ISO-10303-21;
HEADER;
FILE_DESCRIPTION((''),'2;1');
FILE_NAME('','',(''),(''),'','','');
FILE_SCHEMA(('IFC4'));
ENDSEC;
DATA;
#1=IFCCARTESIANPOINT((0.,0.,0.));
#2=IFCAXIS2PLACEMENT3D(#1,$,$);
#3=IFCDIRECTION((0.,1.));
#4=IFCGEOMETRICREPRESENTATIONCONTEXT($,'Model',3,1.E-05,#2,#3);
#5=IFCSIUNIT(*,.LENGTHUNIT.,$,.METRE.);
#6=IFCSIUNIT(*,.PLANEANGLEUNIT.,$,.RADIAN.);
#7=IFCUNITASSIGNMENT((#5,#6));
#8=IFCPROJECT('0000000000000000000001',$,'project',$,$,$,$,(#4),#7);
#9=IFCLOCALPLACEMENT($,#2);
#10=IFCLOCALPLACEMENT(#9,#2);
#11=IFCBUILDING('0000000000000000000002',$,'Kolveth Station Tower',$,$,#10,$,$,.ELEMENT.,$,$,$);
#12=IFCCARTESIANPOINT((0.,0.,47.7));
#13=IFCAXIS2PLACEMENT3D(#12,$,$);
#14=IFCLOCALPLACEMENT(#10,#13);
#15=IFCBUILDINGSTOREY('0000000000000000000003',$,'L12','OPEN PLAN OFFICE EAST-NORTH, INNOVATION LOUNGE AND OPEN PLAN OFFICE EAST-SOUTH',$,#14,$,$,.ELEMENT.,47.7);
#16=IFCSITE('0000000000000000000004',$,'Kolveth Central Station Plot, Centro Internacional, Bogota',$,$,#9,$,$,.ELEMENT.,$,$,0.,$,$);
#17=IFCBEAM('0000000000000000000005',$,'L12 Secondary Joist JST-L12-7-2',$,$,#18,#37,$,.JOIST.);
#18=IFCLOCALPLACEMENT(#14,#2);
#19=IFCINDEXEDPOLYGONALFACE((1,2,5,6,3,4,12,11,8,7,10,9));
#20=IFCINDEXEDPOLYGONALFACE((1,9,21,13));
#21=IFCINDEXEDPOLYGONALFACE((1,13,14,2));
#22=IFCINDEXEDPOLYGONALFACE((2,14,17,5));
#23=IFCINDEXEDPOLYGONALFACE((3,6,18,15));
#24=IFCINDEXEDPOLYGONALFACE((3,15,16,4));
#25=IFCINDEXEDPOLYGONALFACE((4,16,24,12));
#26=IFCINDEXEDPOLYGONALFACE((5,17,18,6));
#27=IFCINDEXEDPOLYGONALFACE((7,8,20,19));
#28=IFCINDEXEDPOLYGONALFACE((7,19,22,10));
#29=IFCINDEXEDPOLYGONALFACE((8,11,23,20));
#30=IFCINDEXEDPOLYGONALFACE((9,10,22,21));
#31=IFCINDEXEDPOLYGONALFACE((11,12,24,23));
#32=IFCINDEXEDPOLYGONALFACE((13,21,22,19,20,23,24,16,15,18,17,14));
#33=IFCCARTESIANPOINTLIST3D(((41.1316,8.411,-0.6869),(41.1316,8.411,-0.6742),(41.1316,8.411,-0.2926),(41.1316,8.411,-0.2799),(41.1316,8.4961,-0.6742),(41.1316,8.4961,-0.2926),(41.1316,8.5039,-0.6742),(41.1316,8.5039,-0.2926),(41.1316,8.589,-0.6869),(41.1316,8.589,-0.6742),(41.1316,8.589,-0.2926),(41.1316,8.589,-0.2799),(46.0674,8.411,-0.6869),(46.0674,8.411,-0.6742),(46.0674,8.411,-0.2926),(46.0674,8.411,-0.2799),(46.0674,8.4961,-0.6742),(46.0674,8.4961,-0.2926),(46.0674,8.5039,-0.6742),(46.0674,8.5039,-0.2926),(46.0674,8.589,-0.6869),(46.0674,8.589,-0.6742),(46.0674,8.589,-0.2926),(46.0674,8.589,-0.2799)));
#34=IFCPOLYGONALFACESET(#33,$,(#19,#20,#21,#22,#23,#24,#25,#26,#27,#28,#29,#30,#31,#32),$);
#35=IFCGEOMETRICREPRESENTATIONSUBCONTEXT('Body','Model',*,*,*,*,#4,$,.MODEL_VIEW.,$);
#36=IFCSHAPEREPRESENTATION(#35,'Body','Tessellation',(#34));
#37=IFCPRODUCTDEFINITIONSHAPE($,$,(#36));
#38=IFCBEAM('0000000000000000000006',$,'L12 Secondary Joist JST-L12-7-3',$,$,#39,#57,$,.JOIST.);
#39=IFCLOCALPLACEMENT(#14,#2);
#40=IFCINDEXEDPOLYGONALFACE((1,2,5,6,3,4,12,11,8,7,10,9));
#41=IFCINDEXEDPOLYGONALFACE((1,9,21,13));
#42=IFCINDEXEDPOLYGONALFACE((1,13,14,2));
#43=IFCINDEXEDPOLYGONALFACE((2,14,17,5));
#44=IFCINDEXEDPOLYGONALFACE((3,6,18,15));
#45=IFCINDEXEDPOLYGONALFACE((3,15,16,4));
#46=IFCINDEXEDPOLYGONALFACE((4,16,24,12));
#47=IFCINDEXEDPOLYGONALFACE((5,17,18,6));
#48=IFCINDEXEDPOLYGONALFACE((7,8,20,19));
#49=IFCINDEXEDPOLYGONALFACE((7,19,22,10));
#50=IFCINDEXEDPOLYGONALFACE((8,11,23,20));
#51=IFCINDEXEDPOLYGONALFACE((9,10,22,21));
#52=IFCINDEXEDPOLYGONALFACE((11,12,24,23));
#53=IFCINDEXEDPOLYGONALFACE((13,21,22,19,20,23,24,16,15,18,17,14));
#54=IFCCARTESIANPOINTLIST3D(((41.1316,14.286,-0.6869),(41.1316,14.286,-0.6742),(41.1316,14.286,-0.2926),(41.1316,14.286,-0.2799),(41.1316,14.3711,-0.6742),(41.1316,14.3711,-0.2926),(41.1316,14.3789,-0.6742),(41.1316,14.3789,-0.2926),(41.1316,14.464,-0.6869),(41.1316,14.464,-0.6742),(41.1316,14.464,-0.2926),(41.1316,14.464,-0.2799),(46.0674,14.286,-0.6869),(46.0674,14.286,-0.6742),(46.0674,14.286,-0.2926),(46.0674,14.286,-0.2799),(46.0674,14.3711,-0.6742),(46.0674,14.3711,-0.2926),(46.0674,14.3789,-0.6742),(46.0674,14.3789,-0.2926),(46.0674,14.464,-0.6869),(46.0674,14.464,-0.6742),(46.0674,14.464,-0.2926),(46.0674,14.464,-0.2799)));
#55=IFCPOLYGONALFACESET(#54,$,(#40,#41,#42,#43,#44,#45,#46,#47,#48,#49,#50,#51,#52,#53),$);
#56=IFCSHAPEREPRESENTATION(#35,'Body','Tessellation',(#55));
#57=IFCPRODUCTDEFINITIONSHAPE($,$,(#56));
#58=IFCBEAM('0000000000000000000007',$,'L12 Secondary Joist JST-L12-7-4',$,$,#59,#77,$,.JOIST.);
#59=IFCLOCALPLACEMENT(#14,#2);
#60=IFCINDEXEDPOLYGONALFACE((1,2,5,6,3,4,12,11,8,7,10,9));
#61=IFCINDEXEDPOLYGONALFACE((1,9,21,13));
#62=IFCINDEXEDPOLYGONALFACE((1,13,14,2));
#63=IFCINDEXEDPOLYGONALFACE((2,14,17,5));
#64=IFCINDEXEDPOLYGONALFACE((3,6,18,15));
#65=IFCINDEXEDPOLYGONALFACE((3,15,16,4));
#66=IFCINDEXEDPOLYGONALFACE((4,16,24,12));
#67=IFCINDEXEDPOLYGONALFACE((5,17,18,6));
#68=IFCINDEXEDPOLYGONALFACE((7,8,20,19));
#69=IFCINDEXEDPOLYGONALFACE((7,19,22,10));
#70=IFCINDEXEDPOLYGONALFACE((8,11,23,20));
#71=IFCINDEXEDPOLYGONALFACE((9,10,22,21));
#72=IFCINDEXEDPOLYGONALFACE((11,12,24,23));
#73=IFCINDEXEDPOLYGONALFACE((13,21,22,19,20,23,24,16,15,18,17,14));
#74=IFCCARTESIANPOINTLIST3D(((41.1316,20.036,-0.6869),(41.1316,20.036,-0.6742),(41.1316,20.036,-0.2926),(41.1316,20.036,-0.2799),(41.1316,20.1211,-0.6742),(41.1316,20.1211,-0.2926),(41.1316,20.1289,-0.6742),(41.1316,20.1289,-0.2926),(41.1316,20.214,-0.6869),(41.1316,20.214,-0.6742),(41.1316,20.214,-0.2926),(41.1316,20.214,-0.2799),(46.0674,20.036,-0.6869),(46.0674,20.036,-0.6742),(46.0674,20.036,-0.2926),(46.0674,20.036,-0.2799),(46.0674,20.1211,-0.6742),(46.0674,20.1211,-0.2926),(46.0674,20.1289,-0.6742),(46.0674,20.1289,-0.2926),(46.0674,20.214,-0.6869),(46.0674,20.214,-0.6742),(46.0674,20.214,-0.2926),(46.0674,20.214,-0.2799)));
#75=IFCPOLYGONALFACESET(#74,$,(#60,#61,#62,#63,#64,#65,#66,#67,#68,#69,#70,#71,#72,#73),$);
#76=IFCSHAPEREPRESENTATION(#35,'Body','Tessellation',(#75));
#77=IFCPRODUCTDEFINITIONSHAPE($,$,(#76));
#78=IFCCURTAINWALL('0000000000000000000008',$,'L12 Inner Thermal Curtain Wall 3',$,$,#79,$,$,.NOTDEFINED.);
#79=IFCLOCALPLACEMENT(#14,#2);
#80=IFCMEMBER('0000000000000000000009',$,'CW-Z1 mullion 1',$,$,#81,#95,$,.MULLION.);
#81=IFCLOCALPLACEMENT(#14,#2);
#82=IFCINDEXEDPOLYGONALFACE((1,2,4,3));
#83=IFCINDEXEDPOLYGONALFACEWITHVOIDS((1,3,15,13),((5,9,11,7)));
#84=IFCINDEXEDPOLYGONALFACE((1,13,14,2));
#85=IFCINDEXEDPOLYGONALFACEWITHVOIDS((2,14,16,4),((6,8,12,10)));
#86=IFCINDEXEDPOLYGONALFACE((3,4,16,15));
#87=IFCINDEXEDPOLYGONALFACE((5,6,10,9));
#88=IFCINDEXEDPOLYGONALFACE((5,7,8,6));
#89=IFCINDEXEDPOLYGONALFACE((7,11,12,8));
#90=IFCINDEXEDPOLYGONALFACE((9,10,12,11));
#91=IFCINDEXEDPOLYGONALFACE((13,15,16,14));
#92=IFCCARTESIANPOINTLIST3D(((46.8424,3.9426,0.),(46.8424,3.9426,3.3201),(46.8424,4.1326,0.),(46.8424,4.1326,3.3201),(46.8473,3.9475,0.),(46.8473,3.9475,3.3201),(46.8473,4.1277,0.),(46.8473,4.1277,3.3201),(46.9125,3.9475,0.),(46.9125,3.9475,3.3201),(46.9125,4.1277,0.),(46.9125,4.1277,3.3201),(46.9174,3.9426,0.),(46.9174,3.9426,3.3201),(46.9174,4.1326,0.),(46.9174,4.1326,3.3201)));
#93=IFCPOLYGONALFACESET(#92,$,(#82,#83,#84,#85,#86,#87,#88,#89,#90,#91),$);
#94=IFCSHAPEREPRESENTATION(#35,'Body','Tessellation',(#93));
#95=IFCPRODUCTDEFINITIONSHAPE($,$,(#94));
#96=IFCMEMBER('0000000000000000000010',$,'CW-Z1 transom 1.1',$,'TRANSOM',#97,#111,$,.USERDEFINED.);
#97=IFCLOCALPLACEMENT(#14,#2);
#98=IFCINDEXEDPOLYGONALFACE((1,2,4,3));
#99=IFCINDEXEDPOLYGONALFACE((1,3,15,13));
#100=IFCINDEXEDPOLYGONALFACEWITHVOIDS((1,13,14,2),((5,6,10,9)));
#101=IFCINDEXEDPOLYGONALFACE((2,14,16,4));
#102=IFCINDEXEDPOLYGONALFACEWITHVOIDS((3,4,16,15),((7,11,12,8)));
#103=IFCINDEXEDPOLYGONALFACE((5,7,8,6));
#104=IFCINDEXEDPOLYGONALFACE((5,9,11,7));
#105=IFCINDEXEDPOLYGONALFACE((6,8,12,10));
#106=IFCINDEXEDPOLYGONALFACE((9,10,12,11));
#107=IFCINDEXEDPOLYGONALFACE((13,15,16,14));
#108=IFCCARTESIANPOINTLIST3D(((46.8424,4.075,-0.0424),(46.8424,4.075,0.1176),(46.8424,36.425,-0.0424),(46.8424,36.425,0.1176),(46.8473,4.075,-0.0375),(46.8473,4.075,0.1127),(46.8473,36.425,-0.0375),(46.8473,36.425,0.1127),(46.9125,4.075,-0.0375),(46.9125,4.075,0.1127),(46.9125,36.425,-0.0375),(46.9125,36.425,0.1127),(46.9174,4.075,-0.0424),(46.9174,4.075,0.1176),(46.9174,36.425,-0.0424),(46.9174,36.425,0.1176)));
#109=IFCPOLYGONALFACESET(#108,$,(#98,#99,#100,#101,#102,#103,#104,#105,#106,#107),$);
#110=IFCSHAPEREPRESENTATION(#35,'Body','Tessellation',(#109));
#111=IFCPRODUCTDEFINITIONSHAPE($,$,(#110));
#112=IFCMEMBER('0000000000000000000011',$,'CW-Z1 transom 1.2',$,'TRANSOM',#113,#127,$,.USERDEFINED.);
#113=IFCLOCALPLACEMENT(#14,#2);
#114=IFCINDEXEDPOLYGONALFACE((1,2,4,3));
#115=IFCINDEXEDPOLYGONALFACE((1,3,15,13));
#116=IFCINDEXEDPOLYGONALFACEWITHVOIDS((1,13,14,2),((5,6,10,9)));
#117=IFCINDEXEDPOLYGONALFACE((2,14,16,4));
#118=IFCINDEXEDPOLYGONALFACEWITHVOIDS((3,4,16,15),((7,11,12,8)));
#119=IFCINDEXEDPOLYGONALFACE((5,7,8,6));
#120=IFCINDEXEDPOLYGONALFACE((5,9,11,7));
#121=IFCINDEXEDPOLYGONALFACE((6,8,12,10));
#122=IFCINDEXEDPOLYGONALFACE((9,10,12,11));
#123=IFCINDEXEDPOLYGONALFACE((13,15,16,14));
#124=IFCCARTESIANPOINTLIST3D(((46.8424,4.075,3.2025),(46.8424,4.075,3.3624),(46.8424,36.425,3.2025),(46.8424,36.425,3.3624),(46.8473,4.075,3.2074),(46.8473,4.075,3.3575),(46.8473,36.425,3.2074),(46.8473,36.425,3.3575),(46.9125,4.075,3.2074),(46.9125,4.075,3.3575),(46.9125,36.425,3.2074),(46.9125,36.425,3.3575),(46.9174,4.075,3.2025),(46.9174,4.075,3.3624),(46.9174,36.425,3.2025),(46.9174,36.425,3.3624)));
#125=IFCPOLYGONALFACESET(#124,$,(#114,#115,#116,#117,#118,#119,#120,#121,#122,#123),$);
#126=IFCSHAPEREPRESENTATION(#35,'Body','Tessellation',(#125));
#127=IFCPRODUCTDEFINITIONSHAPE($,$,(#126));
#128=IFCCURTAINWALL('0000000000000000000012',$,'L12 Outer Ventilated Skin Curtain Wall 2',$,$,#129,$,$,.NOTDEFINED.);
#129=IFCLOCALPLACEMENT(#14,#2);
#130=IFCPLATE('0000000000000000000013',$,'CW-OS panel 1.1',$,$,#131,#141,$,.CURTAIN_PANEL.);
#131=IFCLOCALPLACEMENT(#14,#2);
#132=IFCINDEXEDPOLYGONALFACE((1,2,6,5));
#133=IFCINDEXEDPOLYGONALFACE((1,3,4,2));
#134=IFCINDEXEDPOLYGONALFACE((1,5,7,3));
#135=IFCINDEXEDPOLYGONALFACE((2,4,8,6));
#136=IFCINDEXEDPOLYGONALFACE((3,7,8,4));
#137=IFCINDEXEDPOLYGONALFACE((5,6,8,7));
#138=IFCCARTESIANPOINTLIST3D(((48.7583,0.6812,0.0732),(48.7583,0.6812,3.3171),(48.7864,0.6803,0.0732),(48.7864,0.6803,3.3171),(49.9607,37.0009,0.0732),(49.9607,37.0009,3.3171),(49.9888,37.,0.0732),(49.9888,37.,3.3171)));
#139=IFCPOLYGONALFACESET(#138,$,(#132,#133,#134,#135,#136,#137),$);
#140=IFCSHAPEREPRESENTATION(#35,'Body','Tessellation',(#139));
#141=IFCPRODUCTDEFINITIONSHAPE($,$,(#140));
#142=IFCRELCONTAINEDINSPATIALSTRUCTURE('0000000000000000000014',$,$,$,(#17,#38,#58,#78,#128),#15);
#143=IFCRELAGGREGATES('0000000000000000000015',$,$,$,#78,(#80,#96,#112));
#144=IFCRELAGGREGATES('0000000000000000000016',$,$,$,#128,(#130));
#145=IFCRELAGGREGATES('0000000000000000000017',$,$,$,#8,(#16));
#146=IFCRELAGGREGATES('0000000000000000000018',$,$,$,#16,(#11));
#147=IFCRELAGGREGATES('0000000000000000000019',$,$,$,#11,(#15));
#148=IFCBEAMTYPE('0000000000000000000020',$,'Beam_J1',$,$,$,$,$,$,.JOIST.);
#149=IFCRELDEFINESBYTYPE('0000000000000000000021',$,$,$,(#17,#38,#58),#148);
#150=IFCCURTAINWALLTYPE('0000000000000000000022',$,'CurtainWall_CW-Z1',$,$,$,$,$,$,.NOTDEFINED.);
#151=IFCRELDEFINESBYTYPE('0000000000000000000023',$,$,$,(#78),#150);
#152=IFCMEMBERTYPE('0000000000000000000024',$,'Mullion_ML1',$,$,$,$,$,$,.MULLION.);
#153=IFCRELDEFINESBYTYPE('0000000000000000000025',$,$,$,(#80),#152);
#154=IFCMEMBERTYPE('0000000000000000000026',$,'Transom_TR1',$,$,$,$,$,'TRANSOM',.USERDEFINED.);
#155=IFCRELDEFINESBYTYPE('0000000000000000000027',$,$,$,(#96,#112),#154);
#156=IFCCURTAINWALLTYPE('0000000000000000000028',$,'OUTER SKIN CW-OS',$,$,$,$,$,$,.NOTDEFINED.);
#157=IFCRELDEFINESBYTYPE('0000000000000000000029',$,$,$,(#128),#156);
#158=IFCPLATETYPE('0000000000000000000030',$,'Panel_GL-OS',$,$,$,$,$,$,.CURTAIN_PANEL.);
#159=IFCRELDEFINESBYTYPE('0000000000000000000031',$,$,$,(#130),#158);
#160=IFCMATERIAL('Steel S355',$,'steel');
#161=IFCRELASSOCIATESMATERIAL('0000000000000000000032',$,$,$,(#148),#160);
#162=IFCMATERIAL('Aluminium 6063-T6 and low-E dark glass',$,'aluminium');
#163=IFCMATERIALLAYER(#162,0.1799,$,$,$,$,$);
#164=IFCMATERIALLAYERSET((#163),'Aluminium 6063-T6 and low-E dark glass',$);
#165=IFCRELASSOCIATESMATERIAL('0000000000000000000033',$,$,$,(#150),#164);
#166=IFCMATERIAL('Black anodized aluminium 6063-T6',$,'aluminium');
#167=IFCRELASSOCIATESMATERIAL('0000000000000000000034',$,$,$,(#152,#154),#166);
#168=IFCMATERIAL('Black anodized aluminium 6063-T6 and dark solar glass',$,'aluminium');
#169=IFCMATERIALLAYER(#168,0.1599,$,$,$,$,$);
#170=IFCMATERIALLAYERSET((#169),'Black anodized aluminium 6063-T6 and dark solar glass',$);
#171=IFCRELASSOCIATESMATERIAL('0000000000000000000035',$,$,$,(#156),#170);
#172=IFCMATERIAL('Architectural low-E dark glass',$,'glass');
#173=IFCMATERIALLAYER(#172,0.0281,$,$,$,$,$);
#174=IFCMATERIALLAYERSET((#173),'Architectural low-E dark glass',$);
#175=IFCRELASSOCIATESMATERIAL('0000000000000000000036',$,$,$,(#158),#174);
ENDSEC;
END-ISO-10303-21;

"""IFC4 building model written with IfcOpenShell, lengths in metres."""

from ifc_helpers import new_model, si_unit, direction, frame, origin, origin_2d, place, context, subcontext, project, spatial, rectangle, hollow_rectangle, i_section, extrude, source, transform, mapped, material, layer, layer_set, material_profile, profile_set, type_object, element, aggregate, save


model = new_model("IFC4")

# Units and contexts
model_context = context("Model", 3, precision=1e-05, world=origin(), true_north=direction((0.0, 1.0)))
body_context = subcontext(model_context, "Body", "Model", "MODEL_VIEW")
ifc_project = project(units=[si_unit("LENGTHUNIT", "METRE"), si_unit("PLANEANGLEUNIT", "RADIAN")], contexts=[model_context])

# Site, building, storey
site_placement = place(None, origin())
site = spatial("IfcSite", under=ifc_project, at=site_placement, Name="Kolveth Central Station Plot, Centro Internacional, Bogota", CompositionType="ELEMENT", RefElevation=0.0)
building_placement = place(site_placement, origin())
building = spatial("IfcBuilding", under=site, at=building_placement, Name="Kolveth Station Tower", CompositionType="ELEMENT")
storey_placement = place(building_placement, frame((0.0, 0.0, 47.7)))
storey = spatial("IfcBuildingStorey", under=building, at=storey_placement, Name="L12", Description="OPEN PLAN OFFICE EAST-NORTH, INNOVATION LOUNGE AND OPEN PLAN OFFICE EAST-SOUTH", CompositionType="ELEMENT", Elevation=47.7)

# Shared definitions
ifc_material_1 = material(Name="Steel S355", Category="steel")

# Beams
ifc_material_profile_1 = material_profile(ifc_material_1, i_section(OverallWidth=0.178, OverallDepth=0.407, WebThickness=0.0078, FlangeThickness=0.0127, at=origin_2d()), Name="W410x60")
ifc_profile_set_1 = profile_set([ifc_material_profile_1], Name="Steel S355")
beam_type_1 = type_object("IfcBeamType", Name="Beam_J1", PredefinedType="JOIST", material=ifc_profile_set_1)
shared_shape_1 = source(origin(), body_context, "Body", "SweptSolid", [
    extrude(i_section(OverallWidth=0.178, OverallDepth=0.407, WebThickness=0.0078, FlangeThickness=0.0127, at=origin_2d()), origin(), (0.0, 0.0, 1.0), 4.9358),
])
for number, where, z_axis, x_axis, name in (
    (1, (41.1316, 8.5, -0.4834), (1.0, 0.0, 0.0), (0.0, 1.0, 0.0), "L12 Secondary Joist JST-L12-7-2"),
    (2, (41.1316, 14.375, -0.4834), (1.0, 0.0, 0.0), (0.0, 1.0, 0.0), "L12 Secondary Joist JST-L12-7-3"),
    (3, (41.1316, 20.125, -0.4834), (1.0, 0.0, 0.0), (0.0, 1.0, 0.0), "L12 Secondary Joist JST-L12-7-4"),
):
    element("IfcBeam", number, at=place(storey_placement, frame(where, z_axis=z_axis, x_axis=x_axis)), inside=storey, type_object=beam_type_1, Name=name, PredefinedType="JOIST", context=body_context, shape_type="MappedRepresentation", body=[
        mapped(shared_shape_1, transform((0.0, 0.0, 0.0), x_axis=(1.0, 0.0, 0.0), y_axis=(0.0, 1.0, 0.0), z_axis=(0.0, 0.0, 1.0), scale=1.0)),
    ])

# Curtain wall, members
ifc_material_2 = material(Name="Aluminium 6063-T6 and low-E dark glass", Category="aluminium")
ifc_layer_1 = layer(ifc_material_2, 0.1799)
ifc_layer_set_1 = layer_set([ifc_layer_1], Name="Aluminium 6063-T6 and low-E dark glass")
curtain_wall_type_1 = type_object("IfcCurtainWallType", Name="CurtainWall_CW-Z1", PredefinedType="NOTDEFINED", material=ifc_layer_set_1)
curtain_wall_1_placement = place(storey_placement, origin())
curtain_wall_1 = element("IfcCurtainWall", 4, at=curtain_wall_1_placement, inside=storey, type_object=curtain_wall_type_1, Name="L12 Inner Thermal Curtain Wall 3", PredefinedType="NOTDEFINED")
ifc_material_3 = material(Name="Black anodized aluminium 6063-T6", Category="aluminium")
ifc_material_profile_2 = material_profile(ifc_material_3, hollow_rectangle(XDim=0.075, YDim=0.1899, WallThickness=0.0049, at=origin_2d()), Name="ALU-75x190x5")
ifc_profile_set_2 = profile_set([ifc_material_profile_2], Name="Black anodized aluminium 6063-T6")
member_type_1 = type_object("IfcMemberType", Name="Mullion_ML1", PredefinedType="MULLION", material=ifc_profile_set_2)
shared_shape_2 = source(origin(), body_context, "Body", "SweptSolid", [
    extrude(hollow_rectangle(XDim=0.075, YDim=0.1899, WallThickness=0.0049, at=origin_2d()), origin(), (0.0, 0.0, 1.0), 3.3201),
])
member_1_placement = place(storey_placement, frame((46.8799, 4.0376, 0.0), z_axis=(0.0, 0.0, 1.0), x_axis=(-1.0, 0.0, 0.0)))
member_1 = element("IfcMember", 5, at=member_1_placement, type_object=member_type_1, Name="CW-Z1 mullion 1", PredefinedType="MULLION", context=body_context, shape_type="MappedRepresentation", body=[
    mapped(shared_shape_2, transform((0.0, 0.0, 0.0), x_axis=(1.0, 0.0, 0.0), y_axis=(0.0, 1.0, 0.0), z_axis=(0.0, 0.0, 1.0), scale=1.0)),
])
ifc_material_profile_3 = material_profile(ifc_material_3, hollow_rectangle(XDim=0.075, YDim=0.1599, WallThickness=0.0049, at=origin_2d()), Name="ALU-75x160x5")
ifc_profile_set_3 = profile_set([ifc_material_profile_3], Name="Black anodized aluminium 6063-T6")
member_type_2 = type_object("IfcMemberType", Name="Transom_TR1", ElementType="TRANSOM", PredefinedType="USERDEFINED", material=ifc_profile_set_3)
shared_shape_3 = source(origin(), body_context, "Body", "SweptSolid", [
    extrude(hollow_rectangle(XDim=0.075, YDim=0.1599, WallThickness=0.0049, at=origin_2d()), origin(), (0.0, 0.0, 1.0), 32.3501),
])
member_2_placement = place(storey_placement, frame((46.8799, 4.075, 0.0376), z_axis=(0.0, 1.0, 0.0), x_axis=(-1.0, 0.0, 0.0)))
member_2 = element("IfcMember", 6, at=member_2_placement, type_object=member_type_2, Name="CW-Z1 transom 1.1", ObjectType="TRANSOM", PredefinedType="USERDEFINED", context=body_context, shape_type="MappedRepresentation", body=[
    mapped(shared_shape_3, transform((0.0, 0.0, 0.0), x_axis=(1.0, 0.0, 0.0), y_axis=(0.0, 1.0, 0.0), z_axis=(0.0, 0.0, 1.0), scale=1.0)),
])
member_3_placement = place(storey_placement, frame((46.8799, 4.075, 3.2825), z_axis=(0.0, 1.0, 0.0), x_axis=(-1.0, 0.0, 0.0)))
member_3 = element("IfcMember", 7, at=member_3_placement, type_object=member_type_2, Name="CW-Z1 transom 1.2", ObjectType="TRANSOM", PredefinedType="USERDEFINED", context=body_context, shape_type="MappedRepresentation", body=[
    mapped(shared_shape_3, transform((0.0, 0.0, 0.0), x_axis=(1.0, 0.0, 0.0), y_axis=(0.0, 1.0, 0.0), z_axis=(0.0, 0.0, 1.0), scale=1.0)),
])
aggregate(curtain_wall_1, [member_1, member_2, member_3])

# Curtain wall, plate
ifc_material_4 = material(Name="Black anodized aluminium 6063-T6 and dark solar glass", Category="aluminium")
ifc_layer_2 = layer(ifc_material_4, 0.1599)
ifc_layer_set_2 = layer_set([ifc_layer_2], Name="Black anodized aluminium 6063-T6 and dark solar glass")
curtain_wall_type_2 = type_object("IfcCurtainWallType", Name="OUTER SKIN CW-OS", PredefinedType="NOTDEFINED", material=ifc_layer_set_2)
curtain_wall_2_placement = place(storey_placement, origin())
curtain_wall_2 = element("IfcCurtainWall", 8, at=curtain_wall_2_placement, inside=storey, type_object=curtain_wall_type_2, Name="L12 Outer Ventilated Skin Curtain Wall 2", PredefinedType="NOTDEFINED")
ifc_material_5 = material(Name="Architectural low-E dark glass", Category="glass")
ifc_layer_3 = layer(ifc_material_5, 0.0281)
ifc_layer_set_3 = layer_set([ifc_layer_3], Name="Architectural low-E dark glass")
plate_type = type_object("IfcPlateType", Name="Panel_GL-OS", PredefinedType="CURTAIN_PANEL", material=ifc_layer_set_3)
shared_shape_4 = source(origin(), body_context, "Body", "SweptSolid", [
    extrude(rectangle(XDim=36.3396, YDim=0.0281, at=origin_2d()), origin(), (0.0, 0.0, 1.0), 3.2439),
])
plate_placement = place(storey_placement, frame((49.3735, 18.8406, 0.0732), z_axis=(0.0, 0.0, 1.0), x_axis=(0.033088, 0.999452, 0.0)))
plate = element("IfcPlate", 9, at=plate_placement, type_object=plate_type, Name="CW-OS panel 1.1", PredefinedType="CURTAIN_PANEL", context=body_context, shape_type="MappedRepresentation", body=[
    mapped(shared_shape_4, transform((0.0, 0.0, 0.0), x_axis=(1.0, 0.0, 0.0), y_axis=(0.0, 1.0, 0.0), z_axis=(0.0, 0.0, 1.0), scale=1.0)),
])
aggregate(curtain_wall_2, [plate])

save(model, "model.ifc")
